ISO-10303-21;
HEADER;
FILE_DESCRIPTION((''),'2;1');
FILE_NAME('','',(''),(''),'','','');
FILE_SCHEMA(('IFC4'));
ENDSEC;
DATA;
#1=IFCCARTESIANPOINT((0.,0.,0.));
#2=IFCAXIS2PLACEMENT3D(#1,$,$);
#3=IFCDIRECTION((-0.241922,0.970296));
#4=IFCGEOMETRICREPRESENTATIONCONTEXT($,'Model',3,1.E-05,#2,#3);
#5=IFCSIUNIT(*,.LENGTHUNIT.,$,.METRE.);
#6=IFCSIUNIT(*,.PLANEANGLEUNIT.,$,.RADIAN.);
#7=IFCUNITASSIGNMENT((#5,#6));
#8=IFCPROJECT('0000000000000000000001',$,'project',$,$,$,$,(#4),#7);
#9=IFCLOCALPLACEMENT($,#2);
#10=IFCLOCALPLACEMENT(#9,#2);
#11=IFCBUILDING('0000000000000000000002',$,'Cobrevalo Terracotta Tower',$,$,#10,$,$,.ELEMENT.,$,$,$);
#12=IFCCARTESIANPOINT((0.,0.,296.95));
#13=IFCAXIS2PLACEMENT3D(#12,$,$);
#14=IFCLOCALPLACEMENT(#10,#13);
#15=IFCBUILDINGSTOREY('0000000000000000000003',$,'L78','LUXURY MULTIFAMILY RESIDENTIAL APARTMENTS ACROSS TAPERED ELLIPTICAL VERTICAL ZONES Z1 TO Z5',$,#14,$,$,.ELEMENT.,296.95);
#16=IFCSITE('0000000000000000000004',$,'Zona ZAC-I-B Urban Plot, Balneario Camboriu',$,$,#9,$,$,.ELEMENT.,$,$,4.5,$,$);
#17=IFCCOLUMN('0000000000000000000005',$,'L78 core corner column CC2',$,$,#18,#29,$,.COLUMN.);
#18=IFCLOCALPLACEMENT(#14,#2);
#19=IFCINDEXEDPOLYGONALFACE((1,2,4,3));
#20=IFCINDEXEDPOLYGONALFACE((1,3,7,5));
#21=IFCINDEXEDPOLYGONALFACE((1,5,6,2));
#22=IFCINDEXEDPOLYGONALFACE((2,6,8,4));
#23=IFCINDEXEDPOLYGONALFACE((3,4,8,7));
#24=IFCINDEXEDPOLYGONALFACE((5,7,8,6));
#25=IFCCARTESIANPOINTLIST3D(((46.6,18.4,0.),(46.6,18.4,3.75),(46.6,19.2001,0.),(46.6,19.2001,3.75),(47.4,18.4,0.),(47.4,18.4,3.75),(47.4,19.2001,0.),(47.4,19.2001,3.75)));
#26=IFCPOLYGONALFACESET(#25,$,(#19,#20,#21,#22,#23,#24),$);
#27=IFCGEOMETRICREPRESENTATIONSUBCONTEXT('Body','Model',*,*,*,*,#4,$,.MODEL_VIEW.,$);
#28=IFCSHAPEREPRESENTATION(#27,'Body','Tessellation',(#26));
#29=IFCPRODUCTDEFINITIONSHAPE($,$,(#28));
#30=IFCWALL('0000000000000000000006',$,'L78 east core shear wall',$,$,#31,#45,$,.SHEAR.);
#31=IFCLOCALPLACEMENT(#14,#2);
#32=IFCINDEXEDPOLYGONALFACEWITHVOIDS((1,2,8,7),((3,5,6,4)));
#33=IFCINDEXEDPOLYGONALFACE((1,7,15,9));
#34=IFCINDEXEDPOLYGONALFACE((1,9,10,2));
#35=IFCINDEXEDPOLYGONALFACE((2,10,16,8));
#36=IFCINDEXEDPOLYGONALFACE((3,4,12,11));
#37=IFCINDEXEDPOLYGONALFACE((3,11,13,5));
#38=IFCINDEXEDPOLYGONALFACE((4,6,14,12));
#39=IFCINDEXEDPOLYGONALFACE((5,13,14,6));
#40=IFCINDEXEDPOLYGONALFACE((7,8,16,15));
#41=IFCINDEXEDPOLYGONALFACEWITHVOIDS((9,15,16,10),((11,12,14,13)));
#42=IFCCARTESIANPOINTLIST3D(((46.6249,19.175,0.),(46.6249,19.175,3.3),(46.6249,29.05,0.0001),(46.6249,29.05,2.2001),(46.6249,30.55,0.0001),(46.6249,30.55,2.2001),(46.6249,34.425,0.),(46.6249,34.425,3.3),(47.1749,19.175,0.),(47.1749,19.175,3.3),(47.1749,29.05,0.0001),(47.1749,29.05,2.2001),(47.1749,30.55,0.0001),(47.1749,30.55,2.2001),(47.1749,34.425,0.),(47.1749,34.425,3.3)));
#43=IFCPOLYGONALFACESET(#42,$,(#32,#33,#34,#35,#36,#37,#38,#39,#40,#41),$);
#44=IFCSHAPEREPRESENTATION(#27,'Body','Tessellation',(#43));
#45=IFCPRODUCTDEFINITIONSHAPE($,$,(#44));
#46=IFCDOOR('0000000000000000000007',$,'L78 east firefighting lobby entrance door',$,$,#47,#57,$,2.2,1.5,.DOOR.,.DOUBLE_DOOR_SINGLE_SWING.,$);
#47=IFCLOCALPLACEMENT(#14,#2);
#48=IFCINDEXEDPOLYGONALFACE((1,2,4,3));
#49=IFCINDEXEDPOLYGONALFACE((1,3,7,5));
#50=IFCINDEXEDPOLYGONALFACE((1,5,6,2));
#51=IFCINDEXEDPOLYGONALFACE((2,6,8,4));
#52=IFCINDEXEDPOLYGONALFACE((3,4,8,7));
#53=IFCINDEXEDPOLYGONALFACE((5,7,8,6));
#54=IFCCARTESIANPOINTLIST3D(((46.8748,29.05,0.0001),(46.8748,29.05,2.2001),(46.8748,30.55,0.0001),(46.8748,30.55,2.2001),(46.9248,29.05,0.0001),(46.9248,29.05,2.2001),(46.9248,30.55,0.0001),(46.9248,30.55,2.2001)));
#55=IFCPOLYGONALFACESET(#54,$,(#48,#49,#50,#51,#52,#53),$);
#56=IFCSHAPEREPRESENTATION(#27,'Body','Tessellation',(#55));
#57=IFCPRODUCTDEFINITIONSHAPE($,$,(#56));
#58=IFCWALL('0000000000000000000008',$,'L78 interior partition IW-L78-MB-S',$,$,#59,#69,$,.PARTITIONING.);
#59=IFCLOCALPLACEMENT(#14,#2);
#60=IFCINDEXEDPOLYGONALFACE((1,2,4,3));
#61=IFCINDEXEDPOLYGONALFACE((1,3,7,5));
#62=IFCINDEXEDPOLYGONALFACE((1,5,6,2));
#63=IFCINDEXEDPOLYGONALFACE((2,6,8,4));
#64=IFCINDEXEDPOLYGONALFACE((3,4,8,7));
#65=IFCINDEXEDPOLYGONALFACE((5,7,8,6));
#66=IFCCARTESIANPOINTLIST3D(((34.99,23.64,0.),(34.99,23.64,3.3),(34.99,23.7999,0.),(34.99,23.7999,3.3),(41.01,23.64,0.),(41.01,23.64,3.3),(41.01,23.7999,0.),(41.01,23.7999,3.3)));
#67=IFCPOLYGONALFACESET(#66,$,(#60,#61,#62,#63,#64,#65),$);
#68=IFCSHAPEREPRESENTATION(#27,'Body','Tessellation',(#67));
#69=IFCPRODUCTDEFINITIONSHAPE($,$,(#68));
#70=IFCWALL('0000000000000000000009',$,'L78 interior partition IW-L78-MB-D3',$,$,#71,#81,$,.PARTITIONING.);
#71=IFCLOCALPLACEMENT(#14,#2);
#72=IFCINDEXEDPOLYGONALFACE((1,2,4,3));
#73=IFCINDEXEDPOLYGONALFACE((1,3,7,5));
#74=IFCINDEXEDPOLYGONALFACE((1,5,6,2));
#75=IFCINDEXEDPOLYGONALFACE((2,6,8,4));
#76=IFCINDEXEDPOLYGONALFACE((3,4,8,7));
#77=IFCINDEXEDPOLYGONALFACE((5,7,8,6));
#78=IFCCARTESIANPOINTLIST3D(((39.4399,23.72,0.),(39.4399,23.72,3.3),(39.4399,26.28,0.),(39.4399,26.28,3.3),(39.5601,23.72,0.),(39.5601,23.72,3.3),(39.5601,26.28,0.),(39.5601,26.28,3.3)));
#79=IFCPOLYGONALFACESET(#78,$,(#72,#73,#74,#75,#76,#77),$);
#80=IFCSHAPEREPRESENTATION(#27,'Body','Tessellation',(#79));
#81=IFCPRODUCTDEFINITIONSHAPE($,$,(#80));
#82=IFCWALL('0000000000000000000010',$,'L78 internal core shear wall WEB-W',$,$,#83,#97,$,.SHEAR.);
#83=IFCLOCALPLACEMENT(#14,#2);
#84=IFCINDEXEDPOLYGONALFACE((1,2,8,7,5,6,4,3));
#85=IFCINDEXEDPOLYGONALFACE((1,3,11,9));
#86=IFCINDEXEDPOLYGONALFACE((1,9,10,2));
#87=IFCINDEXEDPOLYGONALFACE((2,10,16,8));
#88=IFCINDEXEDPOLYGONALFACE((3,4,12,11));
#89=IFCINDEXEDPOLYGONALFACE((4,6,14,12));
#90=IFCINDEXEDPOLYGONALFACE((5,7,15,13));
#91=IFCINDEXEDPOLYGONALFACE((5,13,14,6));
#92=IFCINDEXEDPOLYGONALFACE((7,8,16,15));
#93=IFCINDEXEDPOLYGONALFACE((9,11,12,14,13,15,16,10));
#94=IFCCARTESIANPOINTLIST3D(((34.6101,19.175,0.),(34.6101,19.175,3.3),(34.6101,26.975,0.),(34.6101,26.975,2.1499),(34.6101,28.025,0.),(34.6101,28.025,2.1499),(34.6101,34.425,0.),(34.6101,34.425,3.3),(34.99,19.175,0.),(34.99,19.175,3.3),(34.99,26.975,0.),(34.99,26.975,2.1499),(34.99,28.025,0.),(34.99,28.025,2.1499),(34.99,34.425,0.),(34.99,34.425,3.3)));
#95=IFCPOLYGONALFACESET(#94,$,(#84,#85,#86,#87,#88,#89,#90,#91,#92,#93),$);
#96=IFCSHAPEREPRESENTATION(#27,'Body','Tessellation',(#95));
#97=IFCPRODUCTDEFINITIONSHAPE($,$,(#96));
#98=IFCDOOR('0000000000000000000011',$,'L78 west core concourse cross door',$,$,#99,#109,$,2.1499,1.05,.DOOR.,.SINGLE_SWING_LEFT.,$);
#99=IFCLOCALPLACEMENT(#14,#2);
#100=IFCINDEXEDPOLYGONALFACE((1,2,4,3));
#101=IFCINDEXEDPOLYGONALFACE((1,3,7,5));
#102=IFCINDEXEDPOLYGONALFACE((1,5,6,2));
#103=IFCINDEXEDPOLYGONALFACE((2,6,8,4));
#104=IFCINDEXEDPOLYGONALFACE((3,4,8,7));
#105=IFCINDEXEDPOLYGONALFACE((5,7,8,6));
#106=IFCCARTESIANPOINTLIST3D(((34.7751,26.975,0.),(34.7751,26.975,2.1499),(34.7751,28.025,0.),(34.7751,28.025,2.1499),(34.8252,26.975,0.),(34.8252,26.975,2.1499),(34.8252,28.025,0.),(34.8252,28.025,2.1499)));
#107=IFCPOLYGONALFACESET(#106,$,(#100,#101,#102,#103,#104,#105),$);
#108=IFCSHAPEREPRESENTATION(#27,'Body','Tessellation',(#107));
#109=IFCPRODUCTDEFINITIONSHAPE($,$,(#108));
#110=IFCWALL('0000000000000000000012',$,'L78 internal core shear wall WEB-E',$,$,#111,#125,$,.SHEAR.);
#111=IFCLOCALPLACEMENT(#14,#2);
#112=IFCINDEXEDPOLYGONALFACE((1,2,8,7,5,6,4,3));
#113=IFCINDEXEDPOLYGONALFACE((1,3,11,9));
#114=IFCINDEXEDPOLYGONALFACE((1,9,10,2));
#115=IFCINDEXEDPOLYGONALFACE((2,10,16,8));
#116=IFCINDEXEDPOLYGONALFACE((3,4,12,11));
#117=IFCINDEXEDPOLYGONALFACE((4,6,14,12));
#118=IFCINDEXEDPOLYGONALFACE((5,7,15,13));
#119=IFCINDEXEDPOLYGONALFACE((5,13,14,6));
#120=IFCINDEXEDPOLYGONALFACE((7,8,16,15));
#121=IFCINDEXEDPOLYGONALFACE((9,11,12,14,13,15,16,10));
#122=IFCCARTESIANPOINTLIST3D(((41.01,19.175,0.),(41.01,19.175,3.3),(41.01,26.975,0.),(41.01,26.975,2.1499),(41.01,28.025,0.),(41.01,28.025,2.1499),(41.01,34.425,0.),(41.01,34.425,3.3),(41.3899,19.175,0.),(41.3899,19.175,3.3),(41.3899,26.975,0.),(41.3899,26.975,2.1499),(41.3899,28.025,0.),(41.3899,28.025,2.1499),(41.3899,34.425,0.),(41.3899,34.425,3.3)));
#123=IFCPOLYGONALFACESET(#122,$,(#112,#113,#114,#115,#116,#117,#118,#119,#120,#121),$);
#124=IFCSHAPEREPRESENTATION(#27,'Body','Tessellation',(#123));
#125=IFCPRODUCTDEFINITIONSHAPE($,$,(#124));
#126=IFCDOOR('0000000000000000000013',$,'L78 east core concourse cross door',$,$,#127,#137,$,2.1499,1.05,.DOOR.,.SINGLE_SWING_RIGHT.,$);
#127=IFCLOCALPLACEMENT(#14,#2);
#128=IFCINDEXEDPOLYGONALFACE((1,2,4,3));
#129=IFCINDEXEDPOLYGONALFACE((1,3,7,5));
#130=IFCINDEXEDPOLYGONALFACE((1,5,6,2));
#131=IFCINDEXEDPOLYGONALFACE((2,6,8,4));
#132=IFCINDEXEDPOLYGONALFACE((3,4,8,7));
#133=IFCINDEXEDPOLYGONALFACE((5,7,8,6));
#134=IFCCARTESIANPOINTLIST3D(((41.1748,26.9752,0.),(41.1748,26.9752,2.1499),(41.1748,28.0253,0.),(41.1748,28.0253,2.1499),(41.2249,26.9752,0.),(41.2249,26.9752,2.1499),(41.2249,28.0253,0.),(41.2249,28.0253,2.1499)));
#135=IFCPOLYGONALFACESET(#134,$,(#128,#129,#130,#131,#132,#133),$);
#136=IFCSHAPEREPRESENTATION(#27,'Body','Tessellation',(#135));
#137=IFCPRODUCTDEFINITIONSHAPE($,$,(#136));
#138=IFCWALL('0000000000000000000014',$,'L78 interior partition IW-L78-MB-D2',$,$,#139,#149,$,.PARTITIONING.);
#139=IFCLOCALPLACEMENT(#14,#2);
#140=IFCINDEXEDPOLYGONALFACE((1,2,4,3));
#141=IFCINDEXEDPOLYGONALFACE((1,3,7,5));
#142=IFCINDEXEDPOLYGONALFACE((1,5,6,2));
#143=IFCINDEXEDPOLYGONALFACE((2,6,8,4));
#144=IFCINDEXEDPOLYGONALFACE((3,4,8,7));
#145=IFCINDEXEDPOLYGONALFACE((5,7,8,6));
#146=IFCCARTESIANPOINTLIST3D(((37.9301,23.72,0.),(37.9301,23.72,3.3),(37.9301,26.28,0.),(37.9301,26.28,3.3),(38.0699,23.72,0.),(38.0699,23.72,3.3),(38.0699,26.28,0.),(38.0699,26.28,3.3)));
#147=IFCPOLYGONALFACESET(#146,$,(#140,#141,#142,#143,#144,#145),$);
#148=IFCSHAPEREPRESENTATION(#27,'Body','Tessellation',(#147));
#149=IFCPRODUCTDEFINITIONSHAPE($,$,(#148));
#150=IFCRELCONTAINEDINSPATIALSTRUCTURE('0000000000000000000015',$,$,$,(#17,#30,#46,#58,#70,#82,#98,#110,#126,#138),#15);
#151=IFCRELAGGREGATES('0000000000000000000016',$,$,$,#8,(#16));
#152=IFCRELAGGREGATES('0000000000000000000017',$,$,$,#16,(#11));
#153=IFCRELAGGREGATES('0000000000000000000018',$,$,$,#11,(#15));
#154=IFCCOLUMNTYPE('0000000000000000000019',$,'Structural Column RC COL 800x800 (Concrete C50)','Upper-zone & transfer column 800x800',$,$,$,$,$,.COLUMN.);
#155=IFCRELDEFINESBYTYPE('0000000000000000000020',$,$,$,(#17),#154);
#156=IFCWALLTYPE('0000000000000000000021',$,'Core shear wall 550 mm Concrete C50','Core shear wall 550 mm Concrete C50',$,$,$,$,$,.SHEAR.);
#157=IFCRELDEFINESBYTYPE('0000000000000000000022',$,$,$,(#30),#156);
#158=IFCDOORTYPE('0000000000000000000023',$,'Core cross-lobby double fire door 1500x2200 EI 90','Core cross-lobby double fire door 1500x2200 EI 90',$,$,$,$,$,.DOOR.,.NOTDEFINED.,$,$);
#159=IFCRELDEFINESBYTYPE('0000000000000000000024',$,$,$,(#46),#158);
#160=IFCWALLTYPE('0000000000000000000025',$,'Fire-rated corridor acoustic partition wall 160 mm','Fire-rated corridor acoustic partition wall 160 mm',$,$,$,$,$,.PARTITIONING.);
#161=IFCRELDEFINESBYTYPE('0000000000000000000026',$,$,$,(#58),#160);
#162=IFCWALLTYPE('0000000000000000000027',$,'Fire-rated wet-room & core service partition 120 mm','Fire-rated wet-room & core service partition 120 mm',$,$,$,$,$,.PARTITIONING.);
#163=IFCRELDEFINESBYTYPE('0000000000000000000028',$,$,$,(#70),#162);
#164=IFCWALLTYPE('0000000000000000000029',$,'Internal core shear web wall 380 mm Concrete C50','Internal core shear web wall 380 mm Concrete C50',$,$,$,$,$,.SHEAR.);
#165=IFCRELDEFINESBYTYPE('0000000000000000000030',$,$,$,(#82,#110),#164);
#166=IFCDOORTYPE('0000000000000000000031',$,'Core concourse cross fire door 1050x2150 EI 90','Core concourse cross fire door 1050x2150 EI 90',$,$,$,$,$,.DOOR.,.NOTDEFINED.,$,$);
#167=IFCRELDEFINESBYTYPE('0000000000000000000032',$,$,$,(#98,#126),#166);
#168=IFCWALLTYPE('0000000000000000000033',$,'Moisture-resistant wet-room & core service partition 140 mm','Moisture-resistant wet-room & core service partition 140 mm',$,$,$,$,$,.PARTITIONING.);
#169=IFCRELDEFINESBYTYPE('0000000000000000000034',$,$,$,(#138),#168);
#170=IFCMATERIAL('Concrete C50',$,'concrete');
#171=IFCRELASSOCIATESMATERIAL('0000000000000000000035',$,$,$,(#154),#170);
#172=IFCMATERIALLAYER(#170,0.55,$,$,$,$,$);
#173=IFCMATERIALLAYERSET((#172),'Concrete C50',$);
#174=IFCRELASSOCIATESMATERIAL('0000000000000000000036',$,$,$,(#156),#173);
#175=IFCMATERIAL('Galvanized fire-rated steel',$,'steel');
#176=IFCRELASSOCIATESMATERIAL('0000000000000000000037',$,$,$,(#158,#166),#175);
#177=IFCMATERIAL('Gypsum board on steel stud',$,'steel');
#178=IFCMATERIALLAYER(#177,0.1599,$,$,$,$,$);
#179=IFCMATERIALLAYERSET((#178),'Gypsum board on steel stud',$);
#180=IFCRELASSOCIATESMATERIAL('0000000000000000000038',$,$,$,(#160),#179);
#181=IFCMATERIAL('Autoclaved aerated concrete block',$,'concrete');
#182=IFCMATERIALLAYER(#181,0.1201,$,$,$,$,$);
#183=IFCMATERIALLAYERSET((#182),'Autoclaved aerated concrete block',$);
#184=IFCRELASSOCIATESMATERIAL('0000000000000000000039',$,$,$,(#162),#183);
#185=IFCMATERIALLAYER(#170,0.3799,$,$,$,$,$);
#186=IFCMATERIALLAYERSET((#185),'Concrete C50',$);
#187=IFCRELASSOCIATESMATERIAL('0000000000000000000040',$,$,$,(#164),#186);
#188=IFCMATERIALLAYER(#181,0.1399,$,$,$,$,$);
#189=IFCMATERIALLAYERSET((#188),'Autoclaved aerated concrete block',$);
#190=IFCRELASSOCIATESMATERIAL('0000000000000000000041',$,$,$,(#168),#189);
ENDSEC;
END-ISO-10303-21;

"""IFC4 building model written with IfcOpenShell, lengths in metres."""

from ifc_helpers import new_model, si_unit, direction, frame, frame_2d, origin, origin_2d, place, context, subcontext, project, spatial, rectangle, extrude, source, transform, mapped, material, layer, layer_set, material_profile, profile_set, type_object, element, fill, save


model = new_model("IFC4")

# Units and contexts
model_context = context("Model", 3, precision=1e-05, world=origin(), true_north=direction((-0.241922, 0.970296)))
body_context = subcontext(model_context, "Body", "Model", "MODEL_VIEW")
ifc_project = project(units=[si_unit("LENGTHUNIT", "METRE"), si_unit("PLANEANGLEUNIT", "RADIAN")], contexts=[model_context])

# Site, building, storey
site_placement = place(None, origin())
site = spatial("IfcSite", under=ifc_project, at=site_placement, Name="Zona ZAC-I-B Urban Plot, Balneario Camboriu", CompositionType="ELEMENT", RefElevation=4.5)
building_placement = place(site_placement, origin())
building = spatial("IfcBuilding", under=site, at=building_placement, Name="Cobrevalo Terracotta Tower", CompositionType="ELEMENT")
storey_placement = place(building_placement, frame((0.0, 0.0, 296.95)))
storey = spatial("IfcBuildingStorey", under=building, at=storey_placement, Name="L78", Description="LUXURY MULTIFAMILY RESIDENTIAL APARTMENTS ACROSS TAPERED ELLIPTICAL VERTICAL ZONES Z1 TO Z5", CompositionType="ELEMENT", Elevation=296.95)

# Column
ifc_material_1 = material(Name="Concrete C50", Category="concrete")
ifc_material_profile = material_profile(ifc_material_1, rectangle(XDim=0.8, YDim=0.8, at=origin_2d()), Name="RC COL 800x800")
ifc_profile_set = profile_set([ifc_material_profile], Name="Concrete C50")
column_type = type_object("IfcColumnType", Name="Structural Column RC COL 800x800 (Concrete C50)", Description="Upper-zone & transfer column 800x800", PredefinedType="COLUMN", material=ifc_profile_set)
column_placement = place(storey_placement, frame((47.0, 18.8, 0.0), z_axis=(0.0, 0.0, 1.0), x_axis=(1.0, 0.0, 0.0)))
element("IfcColumn", 1, at=column_placement, inside=storey, type_object=column_type, Name="L78 core corner column CC2", PredefinedType="COLUMN", context=body_context, shape_type="SweptSolid", body=[
    extrude(rectangle(XDim=0.8, YDim=0.8, at=origin_2d()), origin(), (0.0, 0.0, 1.0), 3.75),
])

# Wall, opening, door
ifc_layer_1 = layer(ifc_material_1, 0.55)
ifc_layer_set_1 = layer_set([ifc_layer_1], Name="Concrete C50")
wall_type_1 = type_object("IfcWallType", Name="Core shear wall 550 mm Concrete C50", Description="Core shear wall 550 mm Concrete C50", PredefinedType="SHEAR", material=ifc_layer_set_1)
wall_1_placement = place(storey_placement, frame((46.8999, 19.175, 0.0), z_axis=(0.0, 0.0, 1.0), x_axis=(0.0, 1.0, 0.0)))
wall_1 = element("IfcWall", 2, at=wall_1_placement, inside=storey, type_object=wall_type_1, Name="L78 east core shear wall", PredefinedType="SHEAR", context=body_context, shape_type="SweptSolid", body=[
    extrude(rectangle(XDim=15.25, YDim=0.55, at=frame_2d((7.625, 0.0))), origin(), (0.0, 0.0, 1.0), 3.3),
])
opening_1_placement = place(wall_1_placement, frame((9.875, 0.0, 0.0)))
opening_1 = element("IfcOpeningElement", 3, at=opening_1_placement, cuts=wall_1, PredefinedType="OPENING", context=body_context, shape_type="SweptSolid", body=[
    extrude(rectangle(XDim=1.5, YDim=2.2, at=frame_2d((0.75, 1.1001))), frame((0.0, 0.2852, 0.0), z_axis=(0.0, -1.0, 0.0), x_axis=(1.0, 0.0, 0.0)), (0.0, 0.0, 1.0), 0.5701),
])
ifc_material_2 = material(Name="Galvanized fire-rated steel", Category="steel")
door_type_1 = type_object("IfcDoorType", Name="Core cross-lobby double fire door 1500x2200 EI 90", Description="Core cross-lobby double fire door 1500x2200 EI 90", OperationType="NOTDEFINED", PredefinedType="DOOR", material=ifc_material_2)
shared_shape_1 = source(origin(), body_context, "Body", "SweptSolid", [
    extrude(rectangle(XDim=1.5, YDim=2.2, at=frame_2d((0.75, 1.1001))), frame((0.0, 0.0249, 0.0), z_axis=(0.0, -1.0, 0.0), x_axis=(1.0, 0.0, 0.0)), (0.0, 0.0, 1.0), 0.05),
])
door_1_placement = place(opening_1_placement, frame((1.5, 0.0, 0.0), z_axis=(0.0, 0.0, 1.0), x_axis=(-1.0, 0.0, 0.0)))
door_1 = element("IfcDoor", 4, at=door_1_placement, inside=storey, type_object=door_type_1, Name="L78 east firefighting lobby entrance door", OperationType="DOUBLE_DOOR_SINGLE_SWING", OverallHeight=2.2, OverallWidth=1.5, PredefinedType="DOOR", context=body_context, shape_type="MappedRepresentation", body=[
    mapped(shared_shape_1, transform((0.0, 0.0, 0.0), scale=1.0)),
])
fill(opening_1, door_1)

# Walls
ifc_material_3 = material(Name="Gypsum board on steel stud", Category="steel")
ifc_layer_2 = layer(ifc_material_3, 0.1599)
ifc_layer_set_2 = layer_set([ifc_layer_2], Name="Gypsum board on steel stud")
wall_type_2 = type_object("IfcWallType", Name="Fire-rated corridor acoustic partition wall 160 mm", Description="Fire-rated corridor acoustic partition wall 160 mm", PredefinedType="PARTITIONING", material=ifc_layer_set_2)
wall_2_placement = place(storey_placement, frame((34.99, 23.72, 0.0), z_axis=(0.0, 0.0, 1.0), x_axis=(1.0, 0.0, 0.0)))
element("IfcWall", 5, at=wall_2_placement, inside=storey, type_object=wall_type_2, Name="L78 interior partition IW-L78-MB-S", PredefinedType="PARTITIONING", context=body_context, shape_type="SweptSolid", body=[
    extrude(rectangle(XDim=6.02, YDim=0.1599, at=frame_2d((3.01, 0.0))), origin(), (0.0, 0.0, 1.0), 3.3),
])
ifc_material_4 = material(Name="Autoclaved aerated concrete block", Category="concrete")
ifc_layer_3 = layer(ifc_material_4, 0.1201)
ifc_layer_set_3 = layer_set([ifc_layer_3], Name="Autoclaved aerated concrete block")
wall_type_3 = type_object("IfcWallType", Name="Fire-rated wet-room & core service partition 120 mm", Description="Fire-rated wet-room & core service partition 120 mm", PredefinedType="PARTITIONING", material=ifc_layer_set_3)
wall_3_placement = place(storey_placement, frame((39.5, 23.72, 0.0), z_axis=(0.0, 0.0, 1.0), x_axis=(0.0, 1.0, 0.0)))
element("IfcWall", 6, at=wall_3_placement, inside=storey, type_object=wall_type_3, Name="L78 interior partition IW-L78-MB-D3", PredefinedType="PARTITIONING", context=body_context, shape_type="SweptSolid", body=[
    extrude(rectangle(XDim=2.5601, YDim=0.1201, at=frame_2d((1.28, 0.0))), origin(), (0.0, 0.0, 1.0), 3.3),
])

# Walls, openings, doors
ifc_layer_4 = layer(ifc_material_1, 0.3799)
ifc_layer_set_4 = layer_set([ifc_layer_4], Name="Concrete C50")
wall_type_4 = type_object("IfcWallType", Name="Internal core shear web wall 380 mm Concrete C50", Description="Internal core shear web wall 380 mm Concrete C50", PredefinedType="SHEAR", material=ifc_layer_set_4)
wall_4_placement = place(storey_placement, frame((34.8, 19.175, 0.0), z_axis=(0.0, 0.0, 1.0), x_axis=(0.0, 1.0, 0.0)))
wall_4 = element("IfcWall", 7, at=wall_4_placement, inside=storey, type_object=wall_type_4, Name="L78 internal core shear wall WEB-W", PredefinedType="SHEAR", context=body_context, shape_type="SweptSolid", body=[
    extrude(rectangle(XDim=15.25, YDim=0.3799, at=frame_2d((7.625, 0.0))), origin(), (0.0, 0.0, 1.0), 3.3),
])
opening_2_placement = place(wall_4_placement, frame((7.8, 0.0, 0.0)))
opening_2 = element("IfcOpeningElement", 8, at=opening_2_placement, cuts=wall_4, PredefinedType="OPENING", context=body_context, shape_type="SweptSolid", body=[
    extrude(rectangle(XDim=1.05, YDim=2.1499, at=frame_2d((0.5249, 1.075))), frame((0.0, 0.2, 0.0), z_axis=(0.0, -1.0, 0.0), x_axis=(1.0, 0.0, 0.0)), (0.0, 0.0, 1.0), 0.3999),
])
door_type_2 = type_object("IfcDoorType", Name="Core concourse cross fire door 1050x2150 EI 90", Description="Core concourse cross fire door 1050x2150 EI 90", OperationType="NOTDEFINED", PredefinedType="DOOR", material=ifc_material_2)
shared_shape_2 = source(origin(), body_context, "Body", "SweptSolid", [
    extrude(rectangle(XDim=1.05, YDim=2.1499, at=frame_2d((0.5249, 1.075))), frame((0.0, 0.0249, 0.0), z_axis=(0.0, -1.0, 0.0), x_axis=(1.0, 0.0, 0.0)), (0.0, 0.0, 1.0), 0.05),
])
door_2_placement = place(opening_2_placement, origin())
door_2 = element("IfcDoor", 9, at=door_2_placement, inside=storey, type_object=door_type_2, Name="L78 west core concourse cross door", OperationType="SINGLE_SWING_LEFT", OverallHeight=2.1499, OverallWidth=1.05, PredefinedType="DOOR", context=body_context, shape_type="MappedRepresentation", body=[
    mapped(shared_shape_2, transform((0.0, 0.0, 0.0), scale=1.0)),
])
fill(opening_2, door_2)
wall_5_placement = place(storey_placement, frame((41.2, 19.175, 0.0), z_axis=(0.0, 0.0, 1.0), x_axis=(0.0, 1.0, 0.0)))
wall_5 = element("IfcWall", 10, at=wall_5_placement, inside=storey, type_object=wall_type_4, Name="L78 internal core shear wall WEB-E", PredefinedType="SHEAR", context=body_context, shape_type="SweptSolid", body=[
    extrude(rectangle(XDim=15.25, YDim=0.3799, at=frame_2d((7.625, 0.0))), origin(), (0.0, 0.0, 1.0), 3.3),
])
opening_3_placement = place(wall_5_placement, frame((7.8, 0.0, 0.0)))
opening_3 = element("IfcOpeningElement", 11, at=opening_3_placement, cuts=wall_5, PredefinedType="OPENING", context=body_context, shape_type="SweptSolid", body=[
    extrude(rectangle(XDim=1.05, YDim=2.1499, at=frame_2d((0.5249, 1.075))), frame((0.0, 0.2, 0.0), z_axis=(0.0, -1.0, 0.0), x_axis=(1.0, 0.0, 0.0)), (0.0, 0.0, 1.0), 0.3999),
])
door_3_placement = place(opening_3_placement, frame((1.05, 0.0, 0.0), z_axis=(0.0, 0.0, 1.0), x_axis=(-1.0, 0.0, 0.0)))
door_3 = element("IfcDoor", 12, at=door_3_placement, inside=storey, type_object=door_type_2, Name="L78 east core concourse cross door", OperationType="SINGLE_SWING_RIGHT", OverallHeight=2.1499, OverallWidth=1.05, PredefinedType="DOOR", context=body_context, shape_type="MappedRepresentation", body=[
    mapped(shared_shape_2, transform((0.0, 0.0, 0.0), scale=1.0)),
])
fill(opening_3, door_3)

# Wall
ifc_layer_5 = layer(ifc_material_4, 0.1399)
ifc_layer_set_5 = layer_set([ifc_layer_5], Name="Autoclaved aerated concrete block")
wall_type_5 = type_object("IfcWallType", Name="Moisture-resistant wet-room & core service partition 140 mm", Description="Moisture-resistant wet-room & core service partition 140 mm", PredefinedType="PARTITIONING", material=ifc_layer_set_5)
wall_6_placement = place(storey_placement, frame((38.0, 23.72, 0.0), z_axis=(0.0, 0.0, 1.0), x_axis=(0.0, 1.0, 0.0)))
element("IfcWall", 13, at=wall_6_placement, inside=storey, type_object=wall_type_5, Name="L78 interior partition IW-L78-MB-D2", PredefinedType="PARTITIONING", context=body_context, shape_type="SweptSolid", body=[
    extrude(rectangle(XDim=2.5601, YDim=0.1399, at=frame_2d((1.28, 0.0))), origin(), (0.0, 0.0, 1.0), 3.3),
])

save(model, "model.ifc")
